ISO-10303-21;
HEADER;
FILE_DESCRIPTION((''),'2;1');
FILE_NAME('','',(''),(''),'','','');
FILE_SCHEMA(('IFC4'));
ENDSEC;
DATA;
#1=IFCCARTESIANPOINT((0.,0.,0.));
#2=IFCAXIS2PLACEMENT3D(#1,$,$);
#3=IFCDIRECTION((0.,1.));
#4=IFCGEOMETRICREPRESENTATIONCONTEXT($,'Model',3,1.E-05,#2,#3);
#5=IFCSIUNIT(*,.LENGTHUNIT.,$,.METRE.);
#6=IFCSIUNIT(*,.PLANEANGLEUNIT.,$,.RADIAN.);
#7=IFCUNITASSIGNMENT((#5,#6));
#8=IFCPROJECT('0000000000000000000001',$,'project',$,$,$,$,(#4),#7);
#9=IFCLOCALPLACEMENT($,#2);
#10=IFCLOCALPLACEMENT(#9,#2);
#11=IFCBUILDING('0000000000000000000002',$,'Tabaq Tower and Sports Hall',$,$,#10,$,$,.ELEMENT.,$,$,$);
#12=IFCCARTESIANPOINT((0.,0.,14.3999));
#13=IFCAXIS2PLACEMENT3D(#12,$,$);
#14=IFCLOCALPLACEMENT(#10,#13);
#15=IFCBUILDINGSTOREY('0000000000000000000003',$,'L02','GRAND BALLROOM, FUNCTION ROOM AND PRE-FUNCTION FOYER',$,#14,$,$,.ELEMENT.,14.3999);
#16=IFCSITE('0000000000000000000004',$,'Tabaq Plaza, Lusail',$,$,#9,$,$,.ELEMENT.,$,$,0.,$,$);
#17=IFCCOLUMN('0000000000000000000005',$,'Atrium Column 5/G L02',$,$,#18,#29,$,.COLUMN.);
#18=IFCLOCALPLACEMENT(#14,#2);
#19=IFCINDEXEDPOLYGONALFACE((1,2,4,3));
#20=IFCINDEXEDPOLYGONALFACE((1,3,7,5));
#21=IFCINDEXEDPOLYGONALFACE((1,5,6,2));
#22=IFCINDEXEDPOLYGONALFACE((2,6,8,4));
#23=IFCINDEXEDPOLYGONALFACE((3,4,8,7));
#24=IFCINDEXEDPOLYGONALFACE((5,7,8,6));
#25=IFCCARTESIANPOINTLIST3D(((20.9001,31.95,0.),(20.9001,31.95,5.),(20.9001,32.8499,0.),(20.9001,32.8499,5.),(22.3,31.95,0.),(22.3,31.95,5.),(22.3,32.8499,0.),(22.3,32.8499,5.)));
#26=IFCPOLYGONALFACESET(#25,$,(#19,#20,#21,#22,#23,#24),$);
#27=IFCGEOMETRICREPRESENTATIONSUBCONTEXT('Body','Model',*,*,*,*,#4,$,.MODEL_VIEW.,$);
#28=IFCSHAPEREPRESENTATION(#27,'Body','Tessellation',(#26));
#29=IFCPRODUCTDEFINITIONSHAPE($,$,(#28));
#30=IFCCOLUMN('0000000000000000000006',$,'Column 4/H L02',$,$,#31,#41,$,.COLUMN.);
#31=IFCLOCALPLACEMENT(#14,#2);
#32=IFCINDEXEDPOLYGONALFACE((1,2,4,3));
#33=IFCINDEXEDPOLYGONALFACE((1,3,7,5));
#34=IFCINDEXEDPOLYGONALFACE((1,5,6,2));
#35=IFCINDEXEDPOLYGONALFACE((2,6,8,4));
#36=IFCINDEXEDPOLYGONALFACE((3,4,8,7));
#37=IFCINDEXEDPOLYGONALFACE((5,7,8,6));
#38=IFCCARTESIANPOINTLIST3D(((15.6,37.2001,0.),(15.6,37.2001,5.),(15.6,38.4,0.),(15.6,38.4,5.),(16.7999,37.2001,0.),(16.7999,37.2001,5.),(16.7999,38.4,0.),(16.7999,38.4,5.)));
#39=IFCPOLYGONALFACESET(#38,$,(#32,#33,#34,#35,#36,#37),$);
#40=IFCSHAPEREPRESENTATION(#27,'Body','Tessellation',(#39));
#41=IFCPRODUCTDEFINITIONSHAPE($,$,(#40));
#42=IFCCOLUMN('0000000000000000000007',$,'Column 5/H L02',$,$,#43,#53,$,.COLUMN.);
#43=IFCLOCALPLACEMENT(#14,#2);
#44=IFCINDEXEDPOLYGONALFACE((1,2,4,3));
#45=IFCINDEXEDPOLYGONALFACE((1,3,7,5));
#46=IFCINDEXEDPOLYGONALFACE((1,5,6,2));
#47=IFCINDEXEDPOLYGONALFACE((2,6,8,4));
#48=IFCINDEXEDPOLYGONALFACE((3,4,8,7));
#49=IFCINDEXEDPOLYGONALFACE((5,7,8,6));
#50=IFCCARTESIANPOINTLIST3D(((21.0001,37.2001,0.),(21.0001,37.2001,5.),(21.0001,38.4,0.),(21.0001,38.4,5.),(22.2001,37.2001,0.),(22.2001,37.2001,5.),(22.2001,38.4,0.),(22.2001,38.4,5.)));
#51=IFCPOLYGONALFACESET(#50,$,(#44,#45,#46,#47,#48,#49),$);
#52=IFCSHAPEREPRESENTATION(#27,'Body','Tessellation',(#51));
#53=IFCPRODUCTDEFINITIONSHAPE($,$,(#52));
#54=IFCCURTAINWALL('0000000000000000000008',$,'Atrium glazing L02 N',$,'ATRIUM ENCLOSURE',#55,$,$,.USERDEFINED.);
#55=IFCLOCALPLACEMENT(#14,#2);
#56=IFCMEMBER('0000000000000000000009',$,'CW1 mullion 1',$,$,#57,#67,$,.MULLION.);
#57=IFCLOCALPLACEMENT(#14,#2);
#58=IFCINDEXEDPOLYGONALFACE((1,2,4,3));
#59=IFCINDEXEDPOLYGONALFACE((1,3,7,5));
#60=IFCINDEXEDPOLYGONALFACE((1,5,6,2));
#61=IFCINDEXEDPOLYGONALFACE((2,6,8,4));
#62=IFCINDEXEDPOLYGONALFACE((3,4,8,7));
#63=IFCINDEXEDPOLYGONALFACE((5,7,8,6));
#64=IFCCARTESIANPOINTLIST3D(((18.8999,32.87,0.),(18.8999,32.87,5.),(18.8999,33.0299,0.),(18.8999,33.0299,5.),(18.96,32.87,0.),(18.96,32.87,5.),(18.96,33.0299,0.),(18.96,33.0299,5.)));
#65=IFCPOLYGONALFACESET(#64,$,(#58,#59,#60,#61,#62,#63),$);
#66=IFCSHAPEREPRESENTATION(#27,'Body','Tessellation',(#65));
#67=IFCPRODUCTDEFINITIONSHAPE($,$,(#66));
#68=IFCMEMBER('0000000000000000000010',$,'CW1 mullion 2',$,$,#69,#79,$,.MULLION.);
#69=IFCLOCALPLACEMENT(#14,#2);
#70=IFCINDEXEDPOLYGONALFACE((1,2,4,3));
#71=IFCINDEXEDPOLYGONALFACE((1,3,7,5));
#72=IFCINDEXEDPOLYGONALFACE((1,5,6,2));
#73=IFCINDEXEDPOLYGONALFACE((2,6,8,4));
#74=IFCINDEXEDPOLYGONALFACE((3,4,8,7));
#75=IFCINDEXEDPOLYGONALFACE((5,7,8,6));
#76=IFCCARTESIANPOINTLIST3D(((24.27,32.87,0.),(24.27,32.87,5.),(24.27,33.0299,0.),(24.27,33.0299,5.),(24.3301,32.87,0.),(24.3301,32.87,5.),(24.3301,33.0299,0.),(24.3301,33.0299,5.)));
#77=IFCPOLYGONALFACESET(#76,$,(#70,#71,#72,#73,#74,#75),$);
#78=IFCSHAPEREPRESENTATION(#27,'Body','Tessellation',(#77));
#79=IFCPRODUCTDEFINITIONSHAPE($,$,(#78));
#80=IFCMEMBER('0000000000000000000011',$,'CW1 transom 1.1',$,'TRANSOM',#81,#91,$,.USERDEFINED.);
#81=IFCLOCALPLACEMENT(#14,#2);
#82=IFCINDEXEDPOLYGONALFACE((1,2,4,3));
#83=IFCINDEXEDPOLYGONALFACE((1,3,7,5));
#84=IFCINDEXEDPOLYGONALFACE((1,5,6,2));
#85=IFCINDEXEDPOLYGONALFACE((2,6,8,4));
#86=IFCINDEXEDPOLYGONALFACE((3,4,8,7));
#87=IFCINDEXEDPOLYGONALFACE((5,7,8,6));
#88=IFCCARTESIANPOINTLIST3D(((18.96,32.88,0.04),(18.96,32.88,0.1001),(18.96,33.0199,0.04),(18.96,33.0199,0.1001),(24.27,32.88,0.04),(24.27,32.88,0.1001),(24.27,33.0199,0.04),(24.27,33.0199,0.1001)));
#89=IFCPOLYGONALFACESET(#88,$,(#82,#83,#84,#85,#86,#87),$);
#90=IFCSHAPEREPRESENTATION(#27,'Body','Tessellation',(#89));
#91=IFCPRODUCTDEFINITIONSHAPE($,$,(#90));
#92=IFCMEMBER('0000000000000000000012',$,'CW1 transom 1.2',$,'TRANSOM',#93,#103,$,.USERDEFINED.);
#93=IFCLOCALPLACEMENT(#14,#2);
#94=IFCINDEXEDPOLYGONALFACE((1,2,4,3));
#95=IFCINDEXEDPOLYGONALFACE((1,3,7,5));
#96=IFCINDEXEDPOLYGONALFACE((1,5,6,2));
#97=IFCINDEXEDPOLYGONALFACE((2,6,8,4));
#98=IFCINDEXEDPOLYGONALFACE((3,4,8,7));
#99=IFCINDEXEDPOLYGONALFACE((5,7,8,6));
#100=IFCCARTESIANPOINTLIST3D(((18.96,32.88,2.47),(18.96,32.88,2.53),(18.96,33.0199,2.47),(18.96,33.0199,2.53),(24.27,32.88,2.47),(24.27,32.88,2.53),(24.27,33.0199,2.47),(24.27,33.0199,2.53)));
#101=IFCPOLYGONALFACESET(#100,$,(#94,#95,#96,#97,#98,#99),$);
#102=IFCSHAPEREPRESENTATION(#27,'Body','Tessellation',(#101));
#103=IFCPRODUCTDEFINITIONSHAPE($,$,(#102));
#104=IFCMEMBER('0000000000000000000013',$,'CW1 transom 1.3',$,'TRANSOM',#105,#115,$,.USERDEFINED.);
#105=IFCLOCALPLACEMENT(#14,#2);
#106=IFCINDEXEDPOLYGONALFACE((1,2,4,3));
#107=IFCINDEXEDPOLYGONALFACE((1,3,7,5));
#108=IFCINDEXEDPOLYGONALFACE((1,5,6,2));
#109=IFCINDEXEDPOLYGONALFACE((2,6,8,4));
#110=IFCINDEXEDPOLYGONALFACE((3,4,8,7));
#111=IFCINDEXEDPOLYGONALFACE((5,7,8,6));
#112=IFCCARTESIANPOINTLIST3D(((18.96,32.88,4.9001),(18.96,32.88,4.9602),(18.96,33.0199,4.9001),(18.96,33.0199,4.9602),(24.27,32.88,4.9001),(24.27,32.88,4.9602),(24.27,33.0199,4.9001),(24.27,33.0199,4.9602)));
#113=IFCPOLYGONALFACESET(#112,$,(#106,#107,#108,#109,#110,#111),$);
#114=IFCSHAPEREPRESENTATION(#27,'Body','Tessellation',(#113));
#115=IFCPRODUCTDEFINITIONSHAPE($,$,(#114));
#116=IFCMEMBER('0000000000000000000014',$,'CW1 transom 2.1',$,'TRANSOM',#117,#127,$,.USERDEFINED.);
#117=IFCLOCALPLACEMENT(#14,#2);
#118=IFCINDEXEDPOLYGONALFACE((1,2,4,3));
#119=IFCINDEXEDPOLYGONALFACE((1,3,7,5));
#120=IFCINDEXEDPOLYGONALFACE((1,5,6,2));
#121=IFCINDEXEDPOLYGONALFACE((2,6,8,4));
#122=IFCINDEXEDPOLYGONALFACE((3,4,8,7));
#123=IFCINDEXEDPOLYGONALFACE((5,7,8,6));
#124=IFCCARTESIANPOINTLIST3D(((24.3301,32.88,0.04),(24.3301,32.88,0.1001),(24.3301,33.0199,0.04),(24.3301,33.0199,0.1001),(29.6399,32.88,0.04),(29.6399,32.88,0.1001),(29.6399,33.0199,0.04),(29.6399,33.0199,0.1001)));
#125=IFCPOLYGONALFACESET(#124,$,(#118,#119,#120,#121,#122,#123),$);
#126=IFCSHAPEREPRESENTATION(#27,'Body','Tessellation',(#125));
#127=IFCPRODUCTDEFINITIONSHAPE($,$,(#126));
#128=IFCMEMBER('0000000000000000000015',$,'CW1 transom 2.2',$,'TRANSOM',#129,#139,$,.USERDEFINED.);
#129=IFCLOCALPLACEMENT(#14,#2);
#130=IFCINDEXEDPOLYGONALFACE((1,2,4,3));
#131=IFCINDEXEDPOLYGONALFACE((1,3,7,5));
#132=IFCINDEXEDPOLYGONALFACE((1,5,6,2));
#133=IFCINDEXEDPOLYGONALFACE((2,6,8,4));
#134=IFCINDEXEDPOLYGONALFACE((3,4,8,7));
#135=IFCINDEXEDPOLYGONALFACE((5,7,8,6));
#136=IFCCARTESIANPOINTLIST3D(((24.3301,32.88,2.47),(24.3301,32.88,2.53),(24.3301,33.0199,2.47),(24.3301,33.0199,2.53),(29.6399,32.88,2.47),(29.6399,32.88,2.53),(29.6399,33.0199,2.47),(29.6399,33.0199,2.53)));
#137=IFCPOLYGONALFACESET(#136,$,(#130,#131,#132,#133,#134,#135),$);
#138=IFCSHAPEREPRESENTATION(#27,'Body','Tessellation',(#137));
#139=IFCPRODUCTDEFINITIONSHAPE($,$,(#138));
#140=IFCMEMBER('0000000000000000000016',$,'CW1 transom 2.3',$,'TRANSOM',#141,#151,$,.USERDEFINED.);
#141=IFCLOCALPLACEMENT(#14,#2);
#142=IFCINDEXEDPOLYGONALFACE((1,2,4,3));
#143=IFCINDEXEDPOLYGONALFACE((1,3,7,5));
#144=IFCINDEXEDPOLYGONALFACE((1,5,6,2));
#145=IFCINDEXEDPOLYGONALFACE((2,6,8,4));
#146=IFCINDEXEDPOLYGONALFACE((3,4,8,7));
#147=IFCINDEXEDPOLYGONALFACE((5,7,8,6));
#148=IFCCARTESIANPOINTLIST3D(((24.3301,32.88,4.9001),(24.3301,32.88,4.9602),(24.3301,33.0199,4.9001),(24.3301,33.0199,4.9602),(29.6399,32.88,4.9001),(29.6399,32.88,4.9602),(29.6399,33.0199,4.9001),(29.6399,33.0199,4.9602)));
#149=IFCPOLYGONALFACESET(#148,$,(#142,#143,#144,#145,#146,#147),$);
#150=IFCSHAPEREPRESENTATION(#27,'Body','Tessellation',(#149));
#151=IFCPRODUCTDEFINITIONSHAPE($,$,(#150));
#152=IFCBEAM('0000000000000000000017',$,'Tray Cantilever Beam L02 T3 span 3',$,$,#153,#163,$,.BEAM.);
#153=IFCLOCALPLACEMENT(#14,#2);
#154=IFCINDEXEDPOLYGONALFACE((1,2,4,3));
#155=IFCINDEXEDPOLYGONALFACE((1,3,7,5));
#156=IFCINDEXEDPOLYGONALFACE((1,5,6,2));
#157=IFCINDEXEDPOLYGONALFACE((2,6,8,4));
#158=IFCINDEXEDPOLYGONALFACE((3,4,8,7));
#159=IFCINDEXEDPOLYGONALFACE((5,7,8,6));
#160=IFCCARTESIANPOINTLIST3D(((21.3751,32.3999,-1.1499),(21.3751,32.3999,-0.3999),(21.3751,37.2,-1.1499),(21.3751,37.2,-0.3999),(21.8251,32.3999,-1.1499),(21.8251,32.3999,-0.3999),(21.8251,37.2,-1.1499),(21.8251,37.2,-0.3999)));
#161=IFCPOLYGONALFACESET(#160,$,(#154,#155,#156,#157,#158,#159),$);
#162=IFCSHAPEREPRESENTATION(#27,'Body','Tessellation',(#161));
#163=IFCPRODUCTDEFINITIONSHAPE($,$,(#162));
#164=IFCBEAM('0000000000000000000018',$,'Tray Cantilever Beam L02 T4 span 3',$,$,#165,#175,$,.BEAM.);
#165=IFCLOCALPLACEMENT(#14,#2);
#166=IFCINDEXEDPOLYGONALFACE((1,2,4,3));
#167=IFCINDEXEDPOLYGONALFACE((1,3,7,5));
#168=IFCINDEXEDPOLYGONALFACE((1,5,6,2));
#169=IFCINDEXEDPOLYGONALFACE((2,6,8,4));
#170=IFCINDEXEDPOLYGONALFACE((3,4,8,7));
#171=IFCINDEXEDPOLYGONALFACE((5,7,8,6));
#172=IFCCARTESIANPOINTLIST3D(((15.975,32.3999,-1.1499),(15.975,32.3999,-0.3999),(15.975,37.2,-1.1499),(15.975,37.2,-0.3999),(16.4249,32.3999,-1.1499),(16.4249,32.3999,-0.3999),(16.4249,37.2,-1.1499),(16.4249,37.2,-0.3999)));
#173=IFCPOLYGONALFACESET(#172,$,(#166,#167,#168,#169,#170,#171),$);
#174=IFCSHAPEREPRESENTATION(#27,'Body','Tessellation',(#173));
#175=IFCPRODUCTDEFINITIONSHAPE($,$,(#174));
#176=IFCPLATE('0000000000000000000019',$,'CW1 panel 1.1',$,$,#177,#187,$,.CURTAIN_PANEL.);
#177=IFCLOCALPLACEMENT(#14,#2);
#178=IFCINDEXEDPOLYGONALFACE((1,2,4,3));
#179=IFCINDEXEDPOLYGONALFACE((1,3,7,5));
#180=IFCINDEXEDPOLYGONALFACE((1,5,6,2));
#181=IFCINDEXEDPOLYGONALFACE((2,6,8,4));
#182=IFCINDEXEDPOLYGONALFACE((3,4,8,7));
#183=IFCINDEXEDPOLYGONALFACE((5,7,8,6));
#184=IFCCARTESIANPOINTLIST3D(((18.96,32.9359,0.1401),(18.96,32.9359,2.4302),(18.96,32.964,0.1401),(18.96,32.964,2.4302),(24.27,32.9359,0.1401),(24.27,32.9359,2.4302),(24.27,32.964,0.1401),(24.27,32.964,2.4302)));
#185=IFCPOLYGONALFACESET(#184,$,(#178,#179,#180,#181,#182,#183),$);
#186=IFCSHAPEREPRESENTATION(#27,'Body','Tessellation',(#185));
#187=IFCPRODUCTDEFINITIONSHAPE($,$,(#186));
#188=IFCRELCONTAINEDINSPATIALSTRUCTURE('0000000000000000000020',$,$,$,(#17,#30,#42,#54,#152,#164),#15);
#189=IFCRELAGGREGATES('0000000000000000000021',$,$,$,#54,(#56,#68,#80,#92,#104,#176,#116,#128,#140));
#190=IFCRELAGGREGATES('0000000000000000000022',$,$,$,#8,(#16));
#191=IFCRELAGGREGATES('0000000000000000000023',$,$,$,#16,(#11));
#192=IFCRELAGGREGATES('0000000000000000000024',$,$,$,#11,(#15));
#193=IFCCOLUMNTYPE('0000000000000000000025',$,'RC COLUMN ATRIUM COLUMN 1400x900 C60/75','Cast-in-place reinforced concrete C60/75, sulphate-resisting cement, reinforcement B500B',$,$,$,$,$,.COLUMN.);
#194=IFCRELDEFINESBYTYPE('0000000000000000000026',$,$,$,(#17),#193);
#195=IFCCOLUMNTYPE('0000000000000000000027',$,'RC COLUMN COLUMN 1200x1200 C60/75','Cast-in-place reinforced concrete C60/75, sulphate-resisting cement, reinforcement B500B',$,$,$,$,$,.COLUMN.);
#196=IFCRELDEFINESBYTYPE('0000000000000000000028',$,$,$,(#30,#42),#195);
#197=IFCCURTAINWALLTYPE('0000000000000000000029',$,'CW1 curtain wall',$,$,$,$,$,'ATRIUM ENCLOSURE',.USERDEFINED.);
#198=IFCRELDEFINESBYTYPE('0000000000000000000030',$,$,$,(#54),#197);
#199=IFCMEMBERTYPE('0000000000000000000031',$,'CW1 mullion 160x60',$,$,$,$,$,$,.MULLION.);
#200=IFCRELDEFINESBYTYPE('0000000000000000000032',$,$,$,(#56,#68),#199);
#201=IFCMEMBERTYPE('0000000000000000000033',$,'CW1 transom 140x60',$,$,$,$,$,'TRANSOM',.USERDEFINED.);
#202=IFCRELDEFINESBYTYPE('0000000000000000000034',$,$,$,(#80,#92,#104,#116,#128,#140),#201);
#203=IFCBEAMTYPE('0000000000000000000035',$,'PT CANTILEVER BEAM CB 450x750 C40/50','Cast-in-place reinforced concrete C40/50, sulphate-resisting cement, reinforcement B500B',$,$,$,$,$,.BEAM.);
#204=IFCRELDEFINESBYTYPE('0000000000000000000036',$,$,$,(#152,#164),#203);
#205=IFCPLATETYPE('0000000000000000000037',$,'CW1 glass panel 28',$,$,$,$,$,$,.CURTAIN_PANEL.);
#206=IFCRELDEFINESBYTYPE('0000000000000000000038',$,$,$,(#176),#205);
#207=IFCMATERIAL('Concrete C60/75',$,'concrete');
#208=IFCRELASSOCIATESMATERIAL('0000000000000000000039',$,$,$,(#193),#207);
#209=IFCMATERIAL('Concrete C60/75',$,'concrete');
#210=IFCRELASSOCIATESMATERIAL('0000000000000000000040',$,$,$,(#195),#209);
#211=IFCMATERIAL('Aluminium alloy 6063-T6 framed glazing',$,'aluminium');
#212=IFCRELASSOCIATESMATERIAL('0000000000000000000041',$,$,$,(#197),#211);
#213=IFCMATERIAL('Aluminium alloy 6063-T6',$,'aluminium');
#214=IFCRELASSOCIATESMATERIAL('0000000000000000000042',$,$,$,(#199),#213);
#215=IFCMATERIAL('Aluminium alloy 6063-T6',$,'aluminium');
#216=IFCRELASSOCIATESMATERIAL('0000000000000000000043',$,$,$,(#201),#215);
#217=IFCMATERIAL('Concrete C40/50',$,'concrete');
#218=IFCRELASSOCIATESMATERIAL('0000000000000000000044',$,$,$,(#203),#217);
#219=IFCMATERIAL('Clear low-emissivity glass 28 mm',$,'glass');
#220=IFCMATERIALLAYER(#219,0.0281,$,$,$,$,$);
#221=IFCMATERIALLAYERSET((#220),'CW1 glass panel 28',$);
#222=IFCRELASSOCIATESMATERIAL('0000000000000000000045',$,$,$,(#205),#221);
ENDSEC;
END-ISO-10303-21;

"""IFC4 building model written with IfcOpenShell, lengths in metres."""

from ifc_helpers import new_model, si_unit, direction, frame, origin, origin_2d, place, context, subcontext, project, spatial, rectangle, extrude, material, layer, layer_set, material_profile, profile_set, type_object, element, aggregate, save


model = new_model("IFC4")

# Units and contexts
model_context = context("Model", 3, precision=1e-05, world=origin(), true_north=direction((0.0, 1.0)))
body_context = subcontext(model_context, "Body", "Model", "MODEL_VIEW")
ifc_project = project(units=[si_unit("LENGTHUNIT", "METRE"), si_unit("PLANEANGLEUNIT", "RADIAN")], contexts=[model_context])

# Site, building, storey
site_placement = place(None, origin())
site = spatial("IfcSite", under=ifc_project, at=site_placement, Name="Tabaq Plaza, Lusail", CompositionType="ELEMENT", RefElevation=0.0)
building_placement = place(site_placement, origin())
building = spatial("IfcBuilding", under=site, at=building_placement, Name="Tabaq Tower and Sports Hall", CompositionType="ELEMENT")
storey_placement = place(building_placement, frame((0.0, 0.0, 14.3999)))
storey = spatial("IfcBuildingStorey", under=building, at=storey_placement, Name="L02", Description="GRAND BALLROOM, FUNCTION ROOM AND PRE-FUNCTION FOYER", CompositionType="ELEMENT", Elevation=14.3999)

# Columns
ifc_material_1 = material(Name="Concrete C60/75", Category="concrete")
ifc_material_profile_1 = material_profile(ifc_material_1, rectangle(XDim=1.3999, YDim=0.8999, at=origin_2d()), Name="ATRIUM COLUMN 1400x900")
ifc_profile_set_1 = profile_set([ifc_material_profile_1], Name="Concrete C60/75")
column_type_1 = type_object("IfcColumnType", Name="RC COLUMN ATRIUM COLUMN 1400x900 C60/75", Description="Cast-in-place reinforced concrete C60/75, sulphate-resisting cement, reinforcement B500B", PredefinedType="COLUMN", material=ifc_profile_set_1)
column_placement = place(storey_placement, frame((21.6001, 32.3999, 0.0), z_axis=(0.0, 0.0, 1.0), x_axis=(1.0, 0.0, 0.0)))
element("IfcColumn", 1, at=column_placement, inside=storey, type_object=column_type_1, Name="Atrium Column 5/G L02", PredefinedType="COLUMN", context=body_context, shape_type="SweptSolid", body=[
    extrude(rectangle(XDim=1.3999, YDim=0.8999, at=origin_2d()), origin(), (0.0, 0.0, 1.0), 5.0),
])
ifc_material_2 = material(Name="Concrete C60/75", Category="concrete")
ifc_material_profile_2 = material_profile(ifc_material_2, rectangle(XDim=1.2, YDim=1.2, at=origin_2d()), Name="COLUMN 1200x1200")
ifc_profile_set_2 = profile_set([ifc_material_profile_2], Name="Concrete C60/75")
column_type_2 = type_object("IfcColumnType", Name="RC COLUMN COLUMN 1200x1200 C60/75", Description="Cast-in-place reinforced concrete C60/75, sulphate-resisting cement, reinforcement B500B", PredefinedType="COLUMN", material=ifc_profile_set_2)
for number, where, z_axis, x_axis, name in (
    (2, (16.2, 37.8, 0.0), (0.0, 0.0, 1.0), (1.0, 0.0, 0.0), "Column 4/H L02"),
    (3, (21.6001, 37.8, 0.0), (0.0, 0.0, 1.0), (1.0, 0.0, 0.0), "Column 5/H L02"),
):
    element("IfcColumn", number, at=place(storey_placement, frame(where, z_axis=z_axis, x_axis=x_axis)), inside=storey, type_object=column_type_2, Name=name, PredefinedType="COLUMN", context=body_context, shape_type="SweptSolid", body=[
        extrude(rectangle(XDim=1.2, YDim=1.2, at=origin_2d()), origin(), (0.0, 0.0, 1.0), 5.0),
    ])

# Curtain wall, members
ifc_material_3 = material(Name="Aluminium alloy 6063-T6 framed glazing", Category="aluminium")
curtain_wall_type = type_object("IfcCurtainWallType", Name="CW1 curtain wall", ElementType="ATRIUM ENCLOSURE", PredefinedType="USERDEFINED", material=ifc_material_3)
curtain_wall_placement = place(storey_placement, origin())
curtain_wall = element("IfcCurtainWall", 4, at=curtain_wall_placement, inside=storey, type_object=curtain_wall_type, Name="Atrium glazing L02 N", ObjectType="ATRIUM ENCLOSURE", PredefinedType="USERDEFINED")
ifc_material_4 = material(Name="Aluminium alloy 6063-T6", Category="aluminium")
ifc_material_profile_3 = material_profile(ifc_material_4, rectangle(XDim=0.1599, YDim=0.0601, at=origin_2d()), Name="MULLION 160x60")
ifc_profile_set_3 = profile_set([ifc_material_profile_3], Name="Aluminium alloy 6063-T6")
member_type_1 = type_object("IfcMemberType", Name="CW1 mullion 160x60", PredefinedType="MULLION", material=ifc_profile_set_3)
member_1_placement = place(storey_placement, frame((18.9299, 32.95, 0.0), z_axis=(0.0, 0.0, 1.0), x_axis=(0.0, 1.0, 0.0)))
member_1 = element("IfcMember", 5, at=member_1_placement, type_object=member_type_1, Name="CW1 mullion 1", PredefinedType="MULLION", context=body_context, shape_type="SweptSolid", body=[
    extrude(rectangle(XDim=0.1599, YDim=0.0601, at=origin_2d()), origin(), (0.0, 0.0, 1.0), 5.0),
])
member_2_placement = place(storey_placement, frame((24.3, 32.95, 0.0), z_axis=(0.0, 0.0, 1.0), x_axis=(0.0, 1.0, 0.0)))
member_2 = element("IfcMember", 6, at=member_2_placement, type_object=member_type_1, Name="CW1 mullion 2", PredefinedType="MULLION", context=body_context, shape_type="SweptSolid", body=[
    extrude(rectangle(XDim=0.1599, YDim=0.0601, at=origin_2d()), origin(), (0.0, 0.0, 1.0), 5.0),
])
ifc_material_5 = material(Name="Aluminium alloy 6063-T6", Category="aluminium")
ifc_material_profile_4 = material_profile(ifc_material_5, rectangle(XDim=0.1399, YDim=0.0601, at=origin_2d()), Name="TRANSOM 140x60")
ifc_profile_set_4 = profile_set([ifc_material_profile_4], Name="Aluminium alloy 6063-T6")
member_type_2 = type_object("IfcMemberType", Name="CW1 transom 140x60", ElementType="TRANSOM", PredefinedType="USERDEFINED", material=ifc_profile_set_4)
member_3_placement = place(storey_placement, frame((18.96, 32.95, 0.0701), z_axis=(1.0, 0.0, 0.0), x_axis=(0.0, 1.0, 0.0)))
member_3 = element("IfcMember", 7, at=member_3_placement, type_object=member_type_2, Name="CW1 transom 1.1", ObjectType="TRANSOM", PredefinedType="USERDEFINED", context=body_context, shape_type="SweptSolid", body=[
    extrude(rectangle(XDim=0.1399, YDim=0.0601, at=origin_2d()), origin(), (0.0, 0.0, 1.0), 5.3101),
])
member_4_placement = place(storey_placement, frame((18.96, 32.95, 2.5), z_axis=(1.0, 0.0, 0.0), x_axis=(0.0, 1.0, 0.0)))
member_4 = element("IfcMember", 8, at=member_4_placement, type_object=member_type_2, Name="CW1 transom 1.2", ObjectType="TRANSOM", PredefinedType="USERDEFINED", context=body_context, shape_type="SweptSolid", body=[
    extrude(rectangle(XDim=0.1399, YDim=0.0601, at=origin_2d()), origin(), (0.0, 0.0, 1.0), 5.3101),
])
member_5_placement = place(storey_placement, frame((18.96, 32.95, 4.9302), z_axis=(1.0, 0.0, 0.0), x_axis=(0.0, 1.0, 0.0)))
member_5 = element("IfcMember", 9, at=member_5_placement, type_object=member_type_2, Name="CW1 transom 1.3", ObjectType="TRANSOM", PredefinedType="USERDEFINED", context=body_context, shape_type="SweptSolid", body=[
    extrude(rectangle(XDim=0.1399, YDim=0.0601, at=origin_2d()), origin(), (0.0, 0.0, 1.0), 5.3101),
])
member_6_placement = place(storey_placement, frame((24.3301, 32.95, 0.0701), z_axis=(1.0, 0.0, 0.0), x_axis=(0.0, 1.0, 0.0)))
member_6 = element("IfcMember", 10, at=member_6_placement, type_object=member_type_2, Name="CW1 transom 2.1", ObjectType="TRANSOM", PredefinedType="USERDEFINED", context=body_context, shape_type="SweptSolid", body=[
    extrude(rectangle(XDim=0.1399, YDim=0.0601, at=origin_2d()), origin(), (0.0, 0.0, 1.0), 5.3098),
])
member_7_placement = place(storey_placement, frame((24.3301, 32.95, 2.5), z_axis=(1.0, 0.0, 0.0), x_axis=(0.0, 1.0, 0.0)))
member_7 = element("IfcMember", 11, at=member_7_placement, type_object=member_type_2, Name="CW1 transom 2.2", ObjectType="TRANSOM", PredefinedType="USERDEFINED", context=body_context, shape_type="SweptSolid", body=[
    extrude(rectangle(XDim=0.1399, YDim=0.0601, at=origin_2d()), origin(), (0.0, 0.0, 1.0), 5.3098),
])
member_8_placement = place(storey_placement, frame((24.3301, 32.95, 4.9302), z_axis=(1.0, 0.0, 0.0), x_axis=(0.0, 1.0, 0.0)))
member_8 = element("IfcMember", 12, at=member_8_placement, type_object=member_type_2, Name="CW1 transom 2.3", ObjectType="TRANSOM", PredefinedType="USERDEFINED", context=body_context, shape_type="SweptSolid", body=[
    extrude(rectangle(XDim=0.1399, YDim=0.0601, at=origin_2d()), origin(), (0.0, 0.0, 1.0), 5.3098),
])

# Beams
ifc_material_6 = material(Name="Concrete C40/50", Category="concrete")
ifc_material_profile_5 = material_profile(ifc_material_6, rectangle(XDim=0.45, YDim=0.75, at=origin_2d()), Name="CB 450x750")
ifc_profile_set_5 = profile_set([ifc_material_profile_5], Name="Concrete C40/50")
beam_type = type_object("IfcBeamType", Name="PT CANTILEVER BEAM CB 450x750 C40/50", Description="Cast-in-place reinforced concrete C40/50, sulphate-resisting cement, reinforcement B500B", PredefinedType="BEAM", material=ifc_profile_set_5)
for number, where, z_axis, x_axis, name in (
    (13, (21.6001, 37.2, -0.7749), (0.0, -1.0, 0.0), (1.0, 0.0, 0.0), "Tray Cantilever Beam L02 T3 span 3"),
    (14, (16.2, 37.2, -0.7749), (0.0, -1.0, 0.0), (1.0, 0.0, 0.0), "Tray Cantilever Beam L02 T4 span 3"),
):
    element("IfcBeam", number, at=place(storey_placement, frame(where, z_axis=z_axis, x_axis=x_axis)), inside=storey, type_object=beam_type, Name=name, PredefinedType="BEAM", context=body_context, shape_type="SweptSolid", body=[
        extrude(rectangle(XDim=0.45, YDim=0.75, at=origin_2d()), origin(), (0.0, 0.0, 1.0), 4.8),
    ])

# Plate
ifc_material_7 = material(Name="Clear low-emissivity glass 28 mm", Category="glass")
ifc_layer_1 = layer(ifc_material_7, 0.0281)
ifc_layer_set_1 = layer_set([ifc_layer_1], Name="CW1 glass panel 28")
plate_type = type_object("IfcPlateType", Name="CW1 glass panel 28", PredefinedType="CURTAIN_PANEL", material=ifc_layer_set_1)
plate_1_placement = place(storey_placement, frame((21.615, 32.95, 0.1401), z_axis=(0.0, 0.0, 1.0), x_axis=(1.0, 0.0, 0.0)))
plate_1 = element("IfcPlate", 15, at=plate_1_placement, type_object=plate_type, Name="CW1 panel 1.1", PredefinedType="CURTAIN_PANEL", context=body_context, shape_type="SweptSolid", body=[
    extrude(rectangle(XDim=5.3101, YDim=0.0281, at=origin_2d()), origin(), (0.0, 0.0, 1.0), 2.29),
])
aggregate(curtain_wall, [member_1, member_2, member_3, member_4, member_5, plate_1, member_6, member_7, member_8])

save(model, "model.ifc")
